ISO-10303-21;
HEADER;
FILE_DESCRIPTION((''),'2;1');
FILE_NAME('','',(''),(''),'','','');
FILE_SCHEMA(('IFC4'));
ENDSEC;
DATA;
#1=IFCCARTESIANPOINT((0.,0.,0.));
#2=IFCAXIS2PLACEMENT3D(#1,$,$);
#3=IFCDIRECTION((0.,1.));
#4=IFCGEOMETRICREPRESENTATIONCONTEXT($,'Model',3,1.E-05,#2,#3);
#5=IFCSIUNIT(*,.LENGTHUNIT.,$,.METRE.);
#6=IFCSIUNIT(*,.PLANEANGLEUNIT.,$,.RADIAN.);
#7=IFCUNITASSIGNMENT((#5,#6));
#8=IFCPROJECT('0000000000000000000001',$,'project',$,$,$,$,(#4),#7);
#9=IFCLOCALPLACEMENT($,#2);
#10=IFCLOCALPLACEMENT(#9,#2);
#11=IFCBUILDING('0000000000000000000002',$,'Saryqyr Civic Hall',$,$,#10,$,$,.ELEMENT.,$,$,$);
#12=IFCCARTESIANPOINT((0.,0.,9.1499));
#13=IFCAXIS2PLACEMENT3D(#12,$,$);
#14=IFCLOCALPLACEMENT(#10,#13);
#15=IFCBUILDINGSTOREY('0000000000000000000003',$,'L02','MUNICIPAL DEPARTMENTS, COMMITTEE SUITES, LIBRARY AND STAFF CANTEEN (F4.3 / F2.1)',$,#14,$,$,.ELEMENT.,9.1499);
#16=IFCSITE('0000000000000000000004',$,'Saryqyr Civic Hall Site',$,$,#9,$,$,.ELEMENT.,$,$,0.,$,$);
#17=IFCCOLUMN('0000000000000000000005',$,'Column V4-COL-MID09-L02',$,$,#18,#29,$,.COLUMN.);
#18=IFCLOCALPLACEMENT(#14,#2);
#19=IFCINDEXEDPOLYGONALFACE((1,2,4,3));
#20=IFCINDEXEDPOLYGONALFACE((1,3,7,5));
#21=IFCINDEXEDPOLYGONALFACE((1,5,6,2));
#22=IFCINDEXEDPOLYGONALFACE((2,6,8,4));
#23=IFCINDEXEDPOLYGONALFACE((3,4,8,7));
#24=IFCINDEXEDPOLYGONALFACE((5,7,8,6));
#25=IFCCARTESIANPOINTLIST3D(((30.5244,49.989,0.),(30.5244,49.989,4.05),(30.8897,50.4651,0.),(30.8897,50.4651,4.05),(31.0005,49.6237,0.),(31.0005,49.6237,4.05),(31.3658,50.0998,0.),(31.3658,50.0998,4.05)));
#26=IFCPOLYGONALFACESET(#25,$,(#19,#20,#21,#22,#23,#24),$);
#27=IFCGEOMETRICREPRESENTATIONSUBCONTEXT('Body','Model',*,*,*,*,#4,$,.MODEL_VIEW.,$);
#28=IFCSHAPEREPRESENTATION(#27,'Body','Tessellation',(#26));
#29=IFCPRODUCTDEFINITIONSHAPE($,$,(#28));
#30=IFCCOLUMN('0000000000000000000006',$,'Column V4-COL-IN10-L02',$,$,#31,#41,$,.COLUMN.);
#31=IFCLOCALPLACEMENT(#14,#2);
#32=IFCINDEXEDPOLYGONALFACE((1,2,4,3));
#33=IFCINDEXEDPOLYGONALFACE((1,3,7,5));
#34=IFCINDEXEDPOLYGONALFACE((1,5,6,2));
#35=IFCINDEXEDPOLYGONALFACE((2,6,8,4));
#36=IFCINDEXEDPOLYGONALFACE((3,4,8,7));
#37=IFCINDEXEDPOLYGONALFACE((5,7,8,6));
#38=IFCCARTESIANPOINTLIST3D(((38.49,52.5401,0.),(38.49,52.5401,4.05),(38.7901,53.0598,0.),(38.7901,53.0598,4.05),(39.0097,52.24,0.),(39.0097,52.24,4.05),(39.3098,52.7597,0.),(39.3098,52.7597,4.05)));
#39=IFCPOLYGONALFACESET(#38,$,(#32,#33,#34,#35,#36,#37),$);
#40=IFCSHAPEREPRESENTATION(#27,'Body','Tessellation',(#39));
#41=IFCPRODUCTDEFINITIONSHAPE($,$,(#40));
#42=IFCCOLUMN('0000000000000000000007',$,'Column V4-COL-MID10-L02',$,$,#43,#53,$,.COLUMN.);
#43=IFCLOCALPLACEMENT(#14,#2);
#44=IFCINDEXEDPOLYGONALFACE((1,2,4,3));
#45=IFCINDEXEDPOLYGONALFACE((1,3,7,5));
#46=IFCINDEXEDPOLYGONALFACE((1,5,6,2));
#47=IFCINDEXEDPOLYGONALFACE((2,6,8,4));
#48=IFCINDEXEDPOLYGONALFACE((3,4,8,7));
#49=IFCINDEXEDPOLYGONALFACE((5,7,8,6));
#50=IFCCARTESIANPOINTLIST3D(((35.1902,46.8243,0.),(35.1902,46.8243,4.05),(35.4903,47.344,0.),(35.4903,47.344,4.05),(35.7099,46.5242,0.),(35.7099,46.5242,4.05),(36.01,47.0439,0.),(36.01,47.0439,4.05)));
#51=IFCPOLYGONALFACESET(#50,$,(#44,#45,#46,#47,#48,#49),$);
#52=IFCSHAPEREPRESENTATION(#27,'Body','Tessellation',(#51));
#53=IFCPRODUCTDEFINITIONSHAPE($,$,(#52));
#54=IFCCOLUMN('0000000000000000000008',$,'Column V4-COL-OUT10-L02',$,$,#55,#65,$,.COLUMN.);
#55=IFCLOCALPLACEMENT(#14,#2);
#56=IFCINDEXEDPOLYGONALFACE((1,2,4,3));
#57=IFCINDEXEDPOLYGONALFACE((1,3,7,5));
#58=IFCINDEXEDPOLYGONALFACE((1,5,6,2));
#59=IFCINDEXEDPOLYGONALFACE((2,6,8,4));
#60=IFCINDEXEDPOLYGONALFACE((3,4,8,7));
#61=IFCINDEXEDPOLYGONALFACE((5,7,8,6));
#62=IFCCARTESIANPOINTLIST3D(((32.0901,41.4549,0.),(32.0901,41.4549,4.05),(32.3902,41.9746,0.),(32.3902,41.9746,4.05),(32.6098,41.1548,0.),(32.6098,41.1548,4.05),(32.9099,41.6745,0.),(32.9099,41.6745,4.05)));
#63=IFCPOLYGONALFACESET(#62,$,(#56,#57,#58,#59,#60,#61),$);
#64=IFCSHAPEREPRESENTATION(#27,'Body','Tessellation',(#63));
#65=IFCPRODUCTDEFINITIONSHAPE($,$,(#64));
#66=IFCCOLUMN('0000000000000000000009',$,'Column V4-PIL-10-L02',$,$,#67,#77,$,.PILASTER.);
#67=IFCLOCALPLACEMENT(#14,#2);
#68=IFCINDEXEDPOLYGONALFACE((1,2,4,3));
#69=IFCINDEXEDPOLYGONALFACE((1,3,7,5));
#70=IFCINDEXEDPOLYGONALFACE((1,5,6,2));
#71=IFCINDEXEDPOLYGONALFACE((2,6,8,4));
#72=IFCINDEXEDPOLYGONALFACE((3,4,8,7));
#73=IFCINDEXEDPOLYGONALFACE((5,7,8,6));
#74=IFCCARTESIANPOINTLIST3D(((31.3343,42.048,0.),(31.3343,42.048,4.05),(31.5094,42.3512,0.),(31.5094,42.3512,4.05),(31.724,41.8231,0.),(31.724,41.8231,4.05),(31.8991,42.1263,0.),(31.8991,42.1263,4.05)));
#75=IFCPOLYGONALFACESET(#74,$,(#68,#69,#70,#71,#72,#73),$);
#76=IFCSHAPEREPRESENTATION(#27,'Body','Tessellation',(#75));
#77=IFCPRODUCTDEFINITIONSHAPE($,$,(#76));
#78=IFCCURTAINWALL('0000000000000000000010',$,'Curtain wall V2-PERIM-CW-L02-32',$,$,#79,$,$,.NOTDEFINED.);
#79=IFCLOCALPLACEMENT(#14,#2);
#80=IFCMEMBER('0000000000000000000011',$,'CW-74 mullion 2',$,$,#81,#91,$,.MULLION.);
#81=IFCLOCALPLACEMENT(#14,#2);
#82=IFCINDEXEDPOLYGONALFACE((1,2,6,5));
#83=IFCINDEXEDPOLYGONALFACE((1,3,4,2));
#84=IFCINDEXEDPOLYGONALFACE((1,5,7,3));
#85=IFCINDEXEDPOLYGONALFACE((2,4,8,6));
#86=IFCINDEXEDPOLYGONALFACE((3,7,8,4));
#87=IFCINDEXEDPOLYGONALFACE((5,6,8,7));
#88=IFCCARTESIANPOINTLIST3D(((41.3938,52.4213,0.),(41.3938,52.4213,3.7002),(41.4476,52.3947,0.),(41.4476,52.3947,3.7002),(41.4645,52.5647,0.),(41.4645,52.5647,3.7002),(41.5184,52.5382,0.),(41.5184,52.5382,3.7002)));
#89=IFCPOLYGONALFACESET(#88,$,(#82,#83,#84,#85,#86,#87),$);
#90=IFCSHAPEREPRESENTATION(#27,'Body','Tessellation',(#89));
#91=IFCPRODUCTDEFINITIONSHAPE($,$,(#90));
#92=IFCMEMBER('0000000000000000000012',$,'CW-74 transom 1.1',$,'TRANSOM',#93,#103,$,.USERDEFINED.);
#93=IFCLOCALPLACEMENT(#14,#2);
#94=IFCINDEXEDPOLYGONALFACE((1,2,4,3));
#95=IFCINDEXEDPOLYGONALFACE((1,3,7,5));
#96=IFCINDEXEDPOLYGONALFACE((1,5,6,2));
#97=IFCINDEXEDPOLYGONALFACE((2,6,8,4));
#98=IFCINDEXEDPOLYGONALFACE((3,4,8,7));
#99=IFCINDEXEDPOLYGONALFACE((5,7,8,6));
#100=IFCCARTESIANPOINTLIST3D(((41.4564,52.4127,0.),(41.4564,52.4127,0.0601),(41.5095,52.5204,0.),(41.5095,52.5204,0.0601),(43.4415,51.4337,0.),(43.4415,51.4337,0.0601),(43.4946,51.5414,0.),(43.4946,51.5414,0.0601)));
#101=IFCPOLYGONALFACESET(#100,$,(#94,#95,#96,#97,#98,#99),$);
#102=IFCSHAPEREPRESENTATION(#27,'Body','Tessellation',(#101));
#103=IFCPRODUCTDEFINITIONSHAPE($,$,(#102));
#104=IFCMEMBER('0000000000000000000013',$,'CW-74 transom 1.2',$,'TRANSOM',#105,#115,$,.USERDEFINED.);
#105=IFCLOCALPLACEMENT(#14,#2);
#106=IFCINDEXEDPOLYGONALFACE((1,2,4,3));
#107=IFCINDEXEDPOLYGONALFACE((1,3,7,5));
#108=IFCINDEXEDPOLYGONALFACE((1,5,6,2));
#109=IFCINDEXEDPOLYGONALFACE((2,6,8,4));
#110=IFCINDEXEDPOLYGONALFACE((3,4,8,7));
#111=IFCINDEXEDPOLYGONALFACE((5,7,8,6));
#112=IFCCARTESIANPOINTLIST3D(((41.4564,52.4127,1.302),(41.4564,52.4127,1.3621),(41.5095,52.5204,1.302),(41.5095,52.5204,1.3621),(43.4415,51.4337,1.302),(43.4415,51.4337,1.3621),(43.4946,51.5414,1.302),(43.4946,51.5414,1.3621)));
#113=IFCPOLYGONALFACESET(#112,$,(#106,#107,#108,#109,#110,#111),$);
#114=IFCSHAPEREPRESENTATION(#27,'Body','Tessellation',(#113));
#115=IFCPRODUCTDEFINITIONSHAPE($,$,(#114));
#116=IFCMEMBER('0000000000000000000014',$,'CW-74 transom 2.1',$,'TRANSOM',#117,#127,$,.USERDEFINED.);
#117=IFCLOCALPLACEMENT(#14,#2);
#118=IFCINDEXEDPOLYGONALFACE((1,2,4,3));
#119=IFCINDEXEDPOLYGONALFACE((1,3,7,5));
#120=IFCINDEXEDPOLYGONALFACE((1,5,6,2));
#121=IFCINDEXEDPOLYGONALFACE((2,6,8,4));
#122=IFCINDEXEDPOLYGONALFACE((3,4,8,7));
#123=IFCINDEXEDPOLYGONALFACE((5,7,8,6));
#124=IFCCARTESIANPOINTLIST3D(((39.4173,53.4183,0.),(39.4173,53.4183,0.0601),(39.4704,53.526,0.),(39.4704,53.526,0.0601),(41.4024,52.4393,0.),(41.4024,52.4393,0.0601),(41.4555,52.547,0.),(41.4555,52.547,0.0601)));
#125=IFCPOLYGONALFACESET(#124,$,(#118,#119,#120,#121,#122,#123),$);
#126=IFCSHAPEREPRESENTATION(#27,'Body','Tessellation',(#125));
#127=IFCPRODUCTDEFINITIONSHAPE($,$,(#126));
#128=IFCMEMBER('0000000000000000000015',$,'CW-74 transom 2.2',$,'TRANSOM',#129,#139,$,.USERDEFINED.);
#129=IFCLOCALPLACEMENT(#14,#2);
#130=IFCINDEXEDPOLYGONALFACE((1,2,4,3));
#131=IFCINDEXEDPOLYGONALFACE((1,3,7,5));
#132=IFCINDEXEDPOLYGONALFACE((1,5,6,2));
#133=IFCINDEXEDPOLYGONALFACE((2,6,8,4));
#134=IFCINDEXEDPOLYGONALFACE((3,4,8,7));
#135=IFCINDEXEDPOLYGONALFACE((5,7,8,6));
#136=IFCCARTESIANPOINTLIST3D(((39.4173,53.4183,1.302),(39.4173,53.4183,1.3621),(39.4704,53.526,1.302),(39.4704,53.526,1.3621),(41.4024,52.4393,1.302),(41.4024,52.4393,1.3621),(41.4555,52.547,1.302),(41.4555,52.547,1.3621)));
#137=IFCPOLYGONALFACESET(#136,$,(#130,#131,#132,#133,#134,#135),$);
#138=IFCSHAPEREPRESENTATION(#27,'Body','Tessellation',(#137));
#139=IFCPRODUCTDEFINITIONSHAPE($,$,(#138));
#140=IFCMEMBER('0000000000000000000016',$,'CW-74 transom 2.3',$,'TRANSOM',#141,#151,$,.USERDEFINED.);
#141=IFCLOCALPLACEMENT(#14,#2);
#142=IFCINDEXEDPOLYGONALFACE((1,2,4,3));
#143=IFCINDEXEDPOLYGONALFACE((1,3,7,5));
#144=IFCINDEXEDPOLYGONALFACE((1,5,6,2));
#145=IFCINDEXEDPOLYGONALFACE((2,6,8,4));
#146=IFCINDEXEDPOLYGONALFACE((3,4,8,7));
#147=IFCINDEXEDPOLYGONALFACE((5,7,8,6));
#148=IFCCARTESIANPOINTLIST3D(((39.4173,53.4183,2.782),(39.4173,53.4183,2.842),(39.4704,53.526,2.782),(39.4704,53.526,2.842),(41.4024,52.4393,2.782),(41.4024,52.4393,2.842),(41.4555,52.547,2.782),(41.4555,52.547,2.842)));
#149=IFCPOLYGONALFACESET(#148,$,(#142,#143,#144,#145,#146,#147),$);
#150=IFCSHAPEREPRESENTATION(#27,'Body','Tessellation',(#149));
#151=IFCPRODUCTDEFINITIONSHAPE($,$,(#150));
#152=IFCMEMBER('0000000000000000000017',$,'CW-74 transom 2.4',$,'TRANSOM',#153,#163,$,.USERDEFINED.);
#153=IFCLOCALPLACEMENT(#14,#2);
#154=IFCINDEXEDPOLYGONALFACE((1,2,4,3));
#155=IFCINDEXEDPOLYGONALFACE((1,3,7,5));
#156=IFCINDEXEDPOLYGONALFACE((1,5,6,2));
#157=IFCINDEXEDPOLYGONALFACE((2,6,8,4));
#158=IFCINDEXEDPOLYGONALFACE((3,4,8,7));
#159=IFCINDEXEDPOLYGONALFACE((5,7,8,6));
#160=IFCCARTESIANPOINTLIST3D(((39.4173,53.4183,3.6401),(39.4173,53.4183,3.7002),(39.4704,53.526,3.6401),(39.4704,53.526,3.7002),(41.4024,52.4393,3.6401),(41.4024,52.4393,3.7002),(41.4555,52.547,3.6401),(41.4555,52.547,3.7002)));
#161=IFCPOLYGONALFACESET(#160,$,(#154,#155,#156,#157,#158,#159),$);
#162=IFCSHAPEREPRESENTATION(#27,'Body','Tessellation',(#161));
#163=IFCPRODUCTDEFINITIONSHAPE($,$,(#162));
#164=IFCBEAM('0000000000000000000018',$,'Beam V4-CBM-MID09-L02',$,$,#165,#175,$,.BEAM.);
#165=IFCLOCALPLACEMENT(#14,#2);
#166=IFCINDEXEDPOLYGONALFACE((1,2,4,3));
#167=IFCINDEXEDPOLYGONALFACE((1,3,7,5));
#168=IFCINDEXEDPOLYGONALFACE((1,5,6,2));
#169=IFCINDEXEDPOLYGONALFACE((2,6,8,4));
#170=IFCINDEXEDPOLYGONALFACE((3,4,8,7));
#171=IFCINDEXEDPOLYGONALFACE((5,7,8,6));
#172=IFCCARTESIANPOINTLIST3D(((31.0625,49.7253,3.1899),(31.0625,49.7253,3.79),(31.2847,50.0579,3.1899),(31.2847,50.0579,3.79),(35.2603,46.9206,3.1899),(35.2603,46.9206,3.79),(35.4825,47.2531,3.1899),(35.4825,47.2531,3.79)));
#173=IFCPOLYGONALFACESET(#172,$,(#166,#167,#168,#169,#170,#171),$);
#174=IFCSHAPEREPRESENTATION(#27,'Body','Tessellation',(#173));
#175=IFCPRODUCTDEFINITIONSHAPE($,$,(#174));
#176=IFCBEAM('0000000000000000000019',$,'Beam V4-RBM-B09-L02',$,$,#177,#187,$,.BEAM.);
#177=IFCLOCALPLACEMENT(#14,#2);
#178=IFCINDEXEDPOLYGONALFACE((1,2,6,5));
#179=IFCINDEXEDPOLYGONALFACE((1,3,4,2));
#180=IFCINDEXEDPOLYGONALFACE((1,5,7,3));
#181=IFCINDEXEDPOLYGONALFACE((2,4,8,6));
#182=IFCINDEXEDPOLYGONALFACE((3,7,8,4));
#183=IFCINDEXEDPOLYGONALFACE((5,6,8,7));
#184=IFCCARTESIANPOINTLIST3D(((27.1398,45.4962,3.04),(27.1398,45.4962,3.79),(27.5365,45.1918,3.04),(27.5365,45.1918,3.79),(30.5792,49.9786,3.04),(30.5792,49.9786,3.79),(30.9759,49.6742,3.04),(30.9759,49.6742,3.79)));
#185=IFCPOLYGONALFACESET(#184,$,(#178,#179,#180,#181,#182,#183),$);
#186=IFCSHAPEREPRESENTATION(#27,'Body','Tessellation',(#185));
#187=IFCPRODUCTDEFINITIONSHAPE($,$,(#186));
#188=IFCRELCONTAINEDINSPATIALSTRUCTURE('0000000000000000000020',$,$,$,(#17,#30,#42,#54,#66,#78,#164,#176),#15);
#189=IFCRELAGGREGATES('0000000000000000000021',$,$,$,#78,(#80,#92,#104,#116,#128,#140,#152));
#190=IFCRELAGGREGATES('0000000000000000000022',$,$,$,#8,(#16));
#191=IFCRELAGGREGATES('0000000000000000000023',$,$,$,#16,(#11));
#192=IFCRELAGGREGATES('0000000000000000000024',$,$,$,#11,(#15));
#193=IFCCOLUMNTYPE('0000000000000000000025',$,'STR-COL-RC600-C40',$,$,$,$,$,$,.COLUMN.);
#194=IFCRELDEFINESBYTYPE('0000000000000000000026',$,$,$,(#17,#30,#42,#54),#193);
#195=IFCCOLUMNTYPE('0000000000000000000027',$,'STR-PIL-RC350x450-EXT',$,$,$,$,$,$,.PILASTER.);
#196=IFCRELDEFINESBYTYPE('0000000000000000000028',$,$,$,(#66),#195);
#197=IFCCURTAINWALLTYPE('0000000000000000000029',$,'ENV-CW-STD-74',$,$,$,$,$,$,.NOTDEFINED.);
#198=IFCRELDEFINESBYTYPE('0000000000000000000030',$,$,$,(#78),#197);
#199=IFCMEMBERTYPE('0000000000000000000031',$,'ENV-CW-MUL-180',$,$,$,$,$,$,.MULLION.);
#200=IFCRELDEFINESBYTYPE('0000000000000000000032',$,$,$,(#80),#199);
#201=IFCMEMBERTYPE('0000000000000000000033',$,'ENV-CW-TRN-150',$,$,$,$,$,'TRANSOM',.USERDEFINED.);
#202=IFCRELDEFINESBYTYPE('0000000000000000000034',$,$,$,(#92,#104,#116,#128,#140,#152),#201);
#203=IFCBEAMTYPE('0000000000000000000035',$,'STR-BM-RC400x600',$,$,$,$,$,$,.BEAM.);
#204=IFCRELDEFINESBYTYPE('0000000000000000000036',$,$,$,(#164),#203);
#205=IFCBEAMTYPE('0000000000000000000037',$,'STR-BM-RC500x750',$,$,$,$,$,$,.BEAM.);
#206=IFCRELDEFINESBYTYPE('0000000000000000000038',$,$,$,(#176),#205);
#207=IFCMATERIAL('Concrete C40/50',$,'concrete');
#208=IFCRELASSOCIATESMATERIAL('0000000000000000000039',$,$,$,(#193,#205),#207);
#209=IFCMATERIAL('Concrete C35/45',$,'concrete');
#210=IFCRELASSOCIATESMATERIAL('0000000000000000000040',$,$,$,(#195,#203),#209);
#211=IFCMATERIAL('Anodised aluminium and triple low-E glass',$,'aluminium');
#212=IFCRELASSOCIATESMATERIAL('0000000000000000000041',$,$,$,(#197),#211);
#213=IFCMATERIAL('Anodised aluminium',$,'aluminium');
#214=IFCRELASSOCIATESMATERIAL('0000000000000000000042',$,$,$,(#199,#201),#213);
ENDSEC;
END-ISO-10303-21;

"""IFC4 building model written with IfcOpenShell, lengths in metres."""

from ifc_helpers import new_model, si_unit, direction, frame, origin, origin_2d, place, context, subcontext, project, spatial, rectangle, extrude, material, material_profile, profile_set, type_object, element, aggregate, save


model = new_model("IFC4")

# Units and contexts
model_context = context("Model", 3, precision=1e-05, world=origin(), true_north=direction((0.0, 1.0)))
body_context = subcontext(model_context, "Body", "Model", "MODEL_VIEW")
ifc_project = project(units=[si_unit("LENGTHUNIT", "METRE"), si_unit("PLANEANGLEUNIT", "RADIAN")], contexts=[model_context])

# Site, building, storey
site_placement = place(None, origin())
site = spatial("IfcSite", under=ifc_project, at=site_placement, Name="Saryqyr Civic Hall Site", CompositionType="ELEMENT", RefElevation=0.0)
building_placement = place(site_placement, origin())
building = spatial("IfcBuilding", under=site, at=building_placement, Name="Saryqyr Civic Hall", CompositionType="ELEMENT")
storey_placement = place(building_placement, frame((0.0, 0.0, 9.1499)))
storey = spatial("IfcBuildingStorey", under=building, at=storey_placement, Name="L02", Description="MUNICIPAL DEPARTMENTS, COMMITTEE SUITES, LIBRARY AND STAFF CANTEEN (F4.3 / F2.1)", CompositionType="ELEMENT", Elevation=9.1499)

# Columns
ifc_material_1 = material(Name="Concrete C40/50", Category="concrete")
ifc_material_profile_1 = material_profile(ifc_material_1, rectangle(XDim=0.6001, YDim=0.6001, at=origin_2d()), Name="RC 600x600")
ifc_profile_set_1 = profile_set([ifc_material_profile_1], Name="Concrete C40/50")
column_type_1 = type_object("IfcColumnType", Name="STR-COL-RC600-C40", PredefinedType="COLUMN", material=ifc_profile_set_1)
for number, where, z_axis, x_axis, name in (
    (1, (30.9451, 50.0444, 0.0), (0.0, 0.0, 1.0), (-0.608761, -0.793353, 0.0), "Column V4-COL-MID09-L02"),
    (2, (38.8999, 52.6499, 0.0), (0.0, 0.0, 1.0), (-0.5, -0.866025, 0.0), "Column V4-COL-IN10-L02"),
    (3, (35.6001, 46.9341, 0.0), (0.0, 0.0, 1.0), (-0.5, -0.866025, 0.0), "Column V4-COL-MID10-L02"),
    (4, (32.5, 41.5647, 0.0), (0.0, 0.0, 1.0), (-0.5, -0.866025, 0.0), "Column V4-COL-OUT10-L02"),
):
    element("IfcColumn", number, at=place(storey_placement, frame(where, z_axis=z_axis, x_axis=x_axis)), inside=storey, type_object=column_type_1, Name=name, PredefinedType="COLUMN", context=body_context, shape_type="SweptSolid", body=[
        extrude(rectangle(XDim=0.6001, YDim=0.6001, at=origin_2d()), origin(), (0.0, 0.0, 1.0), 4.05),
    ])
ifc_material_2 = material(Name="Concrete C35/45", Category="concrete")
ifc_material_profile_2 = material_profile(ifc_material_2, rectangle(XDim=0.3501, YDim=0.45, at=origin_2d()), Name="RC 350x450")
ifc_profile_set_2 = profile_set([ifc_material_profile_2], Name="Concrete C35/45")
column_type_2 = type_object("IfcColumnType", Name="STR-PIL-RC350x450-EXT", PredefinedType="PILASTER", material=ifc_profile_set_2)
column_placement = place(storey_placement, frame((31.6167, 42.0872, 0.0), z_axis=(0.0, 0.0, 1.0), x_axis=(-0.5, -0.866025, 0.0)))
element("IfcColumn", 5, at=column_placement, inside=storey, type_object=column_type_2, Name="Column V4-PIL-10-L02", PredefinedType="PILASTER", context=body_context, shape_type="SweptSolid", body=[
    extrude(rectangle(XDim=0.3501, YDim=0.45, at=origin_2d()), origin(), (0.0, 0.0, 1.0), 4.05),
])

# Curtain wall, members
ifc_material_3 = material(Name="Anodised aluminium and triple low-E glass", Category="aluminium")
curtain_wall_type = type_object("IfcCurtainWallType", Name="ENV-CW-STD-74", PredefinedType="NOTDEFINED", material=ifc_material_3)
curtain_wall_placement = place(storey_placement, origin())
curtain_wall = element("IfcCurtainWall", 6, at=curtain_wall_placement, inside=storey, type_object=curtain_wall_type, Name="Curtain wall V2-PERIM-CW-L02-32", PredefinedType="NOTDEFINED")
ifc_material_4 = material(Name="Anodised aluminium", Category="aluminium")
ifc_material_profile_3 = material_profile(ifc_material_4, rectangle(XDim=0.0601, YDim=0.1599, at=origin_2d()), Name="ALU MULLION 60x160")
ifc_profile_set_3 = profile_set([ifc_material_profile_3], Name="Anodised aluminium")
member_type_1 = type_object("IfcMemberType", Name="ENV-CW-MUL-180", PredefinedType="MULLION", material=ifc_profile_set_3)
member_1_placement = place(storey_placement, frame((41.4561, 52.4797, 0.0), z_axis=(0.0, 0.0, 1.0), x_axis=(-0.896875, 0.442284, 0.0)))
member_1 = element("IfcMember", 7, at=member_1_placement, type_object=member_type_1, Name="CW-74 mullion 2", PredefinedType="MULLION", context=body_context, shape_type="SweptSolid", body=[
    extrude(rectangle(XDim=0.0601, YDim=0.1599, at=origin_2d()), origin(), (0.0, 0.0, 1.0), 3.7002),
])
ifc_material_profile_4 = material_profile(ifc_material_4, rectangle(XDim=0.1201, YDim=0.0601, at=origin_2d()), Name="ALU TRANSOM 120x60")
ifc_profile_set_4 = profile_set([ifc_material_profile_4], Name="Anodised aluminium")
member_type_2 = type_object("IfcMemberType", Name="ENV-CW-TRN-150", ElementType="TRANSOM", PredefinedType="USERDEFINED", material=ifc_profile_set_4)
member_2_placement = place(storey_placement, frame((43.468, 51.4875, 0.03), z_axis=(-0.896862, 0.442309, 0.0), x_axis=(-0.442309, -0.896862, 0.0)))
member_2 = element("IfcMember", 8, at=member_2_placement, type_object=member_type_2, Name="CW-74 transom 1.1", ObjectType="TRANSOM", PredefinedType="USERDEFINED", context=body_context, shape_type="SweptSolid", body=[
    extrude(rectangle(XDim=0.1201, YDim=0.0601, at=origin_2d()), origin(), (0.0, 0.0, 1.0), 2.2134),
])
member_3_placement = place(storey_placement, frame((43.468, 51.4875, 1.332), z_axis=(-0.896862, 0.442309, 0.0), x_axis=(-0.442309, -0.896862, 0.0)))
member_3 = element("IfcMember", 9, at=member_3_placement, type_object=member_type_2, Name="CW-74 transom 1.2", ObjectType="TRANSOM", PredefinedType="USERDEFINED", context=body_context, shape_type="SweptSolid", body=[
    extrude(rectangle(XDim=0.1201, YDim=0.0601, at=origin_2d()), origin(), (0.0, 0.0, 1.0), 2.2134),
])
member_4_placement = place(storey_placement, frame((41.429, 52.4932, 0.03), z_axis=(-0.896862, 0.442309, 0.0), x_axis=(-0.442309, -0.896862, 0.0)))
member_4 = element("IfcMember", 10, at=member_4_placement, type_object=member_type_2, Name="CW-74 transom 2.1", ObjectType="TRANSOM", PredefinedType="USERDEFINED", context=body_context, shape_type="SweptSolid", body=[
    extrude(rectangle(XDim=0.1201, YDim=0.0601, at=origin_2d()), origin(), (0.0, 0.0, 1.0), 2.2134),
])
member_5_placement = place(storey_placement, frame((41.429, 52.4932, 1.332), z_axis=(-0.896862, 0.442309, 0.0), x_axis=(-0.442309, -0.896862, 0.0)))
member_5 = element("IfcMember", 11, at=member_5_placement, type_object=member_type_2, Name="CW-74 transom 2.2", ObjectType="TRANSOM", PredefinedType="USERDEFINED", context=body_context, shape_type="SweptSolid", body=[
    extrude(rectangle(XDim=0.1201, YDim=0.0601, at=origin_2d()), origin(), (0.0, 0.0, 1.0), 2.2134),
])
member_6_placement = place(storey_placement, frame((41.429, 52.4932, 2.812), z_axis=(-0.896862, 0.442309, 0.0), x_axis=(-0.442309, -0.896862, 0.0)))
member_6 = element("IfcMember", 12, at=member_6_placement, type_object=member_type_2, Name="CW-74 transom 2.3", ObjectType="TRANSOM", PredefinedType="USERDEFINED", context=body_context, shape_type="SweptSolid", body=[
    extrude(rectangle(XDim=0.1201, YDim=0.0601, at=origin_2d()), origin(), (0.0, 0.0, 1.0), 2.2134),
])
member_7_placement = place(storey_placement, frame((41.429, 52.4932, 3.6702), z_axis=(-0.896862, 0.442309, 0.0), x_axis=(-0.442309, -0.896862, 0.0)))
member_7 = element("IfcMember", 13, at=member_7_placement, type_object=member_type_2, Name="CW-74 transom 2.4", ObjectType="TRANSOM", PredefinedType="USERDEFINED", context=body_context, shape_type="SweptSolid", body=[
    extrude(rectangle(XDim=0.1201, YDim=0.0601, at=origin_2d()), origin(), (0.0, 0.0, 1.0), 2.2134),
])

# Beams
ifc_material_profile_5 = material_profile(ifc_material_2, rectangle(XDim=0.3999, YDim=0.6001, at=origin_2d()), Name="RC 400x600")
ifc_profile_set_5 = profile_set([ifc_material_profile_5], Name="Concrete C35/45")
beam_type_1 = type_object("IfcBeamType", Name="STR-BM-RC400x600", PredefinedType="BEAM", material=ifc_profile_set_5)
beam_1_placement = place(storey_placement, frame((31.1736, 49.8916, 3.49), z_axis=(0.831484, -0.555548, 0.0), x_axis=(0.555548, 0.831484, 0.0)))
element("IfcBeam", 14, at=beam_1_placement, inside=storey, type_object=beam_type_1, Name="Beam V4-CBM-MID09-L02", PredefinedType="BEAM", context=body_context, shape_type="SweptSolid", body=[
    extrude(rectangle(XDim=0.3999, YDim=0.6001, at=origin_2d()), origin(), (0.0, 0.0, 1.0), 5.0486),
])
ifc_material_profile_6 = material_profile(ifc_material_1, rectangle(XDim=0.5, YDim=0.75, at=origin_2d()), Name="RC 500x750")
ifc_profile_set_6 = profile_set([ifc_material_profile_6], Name="Concrete C40/50")
beam_type_2 = type_object("IfcBeamType", Name="STR-BM-RC500x750", PredefinedType="BEAM", material=ifc_profile_set_6)
beam_2_placement = place(storey_placement, frame((30.7776, 49.8264, 3.415), z_axis=(-0.608758, -0.793356, 0.0), x_axis=(0.793356, -0.608758, 0.0)))
element("IfcBeam", 15, at=beam_2_placement, inside=storey, type_object=beam_type_2, Name="Beam V4-RBM-B09-L02", PredefinedType="BEAM", context=body_context, shape_type="SweptSolid", body=[
    extrude(rectangle(XDim=0.5, YDim=0.75, at=origin_2d()), origin(), (0.0, 0.0, 1.0), 5.6499),
])

aggregate(curtain_wall, [member_1, member_2, member_3, member_4, member_5, member_6, member_7])

save(model, "model.ifc")
